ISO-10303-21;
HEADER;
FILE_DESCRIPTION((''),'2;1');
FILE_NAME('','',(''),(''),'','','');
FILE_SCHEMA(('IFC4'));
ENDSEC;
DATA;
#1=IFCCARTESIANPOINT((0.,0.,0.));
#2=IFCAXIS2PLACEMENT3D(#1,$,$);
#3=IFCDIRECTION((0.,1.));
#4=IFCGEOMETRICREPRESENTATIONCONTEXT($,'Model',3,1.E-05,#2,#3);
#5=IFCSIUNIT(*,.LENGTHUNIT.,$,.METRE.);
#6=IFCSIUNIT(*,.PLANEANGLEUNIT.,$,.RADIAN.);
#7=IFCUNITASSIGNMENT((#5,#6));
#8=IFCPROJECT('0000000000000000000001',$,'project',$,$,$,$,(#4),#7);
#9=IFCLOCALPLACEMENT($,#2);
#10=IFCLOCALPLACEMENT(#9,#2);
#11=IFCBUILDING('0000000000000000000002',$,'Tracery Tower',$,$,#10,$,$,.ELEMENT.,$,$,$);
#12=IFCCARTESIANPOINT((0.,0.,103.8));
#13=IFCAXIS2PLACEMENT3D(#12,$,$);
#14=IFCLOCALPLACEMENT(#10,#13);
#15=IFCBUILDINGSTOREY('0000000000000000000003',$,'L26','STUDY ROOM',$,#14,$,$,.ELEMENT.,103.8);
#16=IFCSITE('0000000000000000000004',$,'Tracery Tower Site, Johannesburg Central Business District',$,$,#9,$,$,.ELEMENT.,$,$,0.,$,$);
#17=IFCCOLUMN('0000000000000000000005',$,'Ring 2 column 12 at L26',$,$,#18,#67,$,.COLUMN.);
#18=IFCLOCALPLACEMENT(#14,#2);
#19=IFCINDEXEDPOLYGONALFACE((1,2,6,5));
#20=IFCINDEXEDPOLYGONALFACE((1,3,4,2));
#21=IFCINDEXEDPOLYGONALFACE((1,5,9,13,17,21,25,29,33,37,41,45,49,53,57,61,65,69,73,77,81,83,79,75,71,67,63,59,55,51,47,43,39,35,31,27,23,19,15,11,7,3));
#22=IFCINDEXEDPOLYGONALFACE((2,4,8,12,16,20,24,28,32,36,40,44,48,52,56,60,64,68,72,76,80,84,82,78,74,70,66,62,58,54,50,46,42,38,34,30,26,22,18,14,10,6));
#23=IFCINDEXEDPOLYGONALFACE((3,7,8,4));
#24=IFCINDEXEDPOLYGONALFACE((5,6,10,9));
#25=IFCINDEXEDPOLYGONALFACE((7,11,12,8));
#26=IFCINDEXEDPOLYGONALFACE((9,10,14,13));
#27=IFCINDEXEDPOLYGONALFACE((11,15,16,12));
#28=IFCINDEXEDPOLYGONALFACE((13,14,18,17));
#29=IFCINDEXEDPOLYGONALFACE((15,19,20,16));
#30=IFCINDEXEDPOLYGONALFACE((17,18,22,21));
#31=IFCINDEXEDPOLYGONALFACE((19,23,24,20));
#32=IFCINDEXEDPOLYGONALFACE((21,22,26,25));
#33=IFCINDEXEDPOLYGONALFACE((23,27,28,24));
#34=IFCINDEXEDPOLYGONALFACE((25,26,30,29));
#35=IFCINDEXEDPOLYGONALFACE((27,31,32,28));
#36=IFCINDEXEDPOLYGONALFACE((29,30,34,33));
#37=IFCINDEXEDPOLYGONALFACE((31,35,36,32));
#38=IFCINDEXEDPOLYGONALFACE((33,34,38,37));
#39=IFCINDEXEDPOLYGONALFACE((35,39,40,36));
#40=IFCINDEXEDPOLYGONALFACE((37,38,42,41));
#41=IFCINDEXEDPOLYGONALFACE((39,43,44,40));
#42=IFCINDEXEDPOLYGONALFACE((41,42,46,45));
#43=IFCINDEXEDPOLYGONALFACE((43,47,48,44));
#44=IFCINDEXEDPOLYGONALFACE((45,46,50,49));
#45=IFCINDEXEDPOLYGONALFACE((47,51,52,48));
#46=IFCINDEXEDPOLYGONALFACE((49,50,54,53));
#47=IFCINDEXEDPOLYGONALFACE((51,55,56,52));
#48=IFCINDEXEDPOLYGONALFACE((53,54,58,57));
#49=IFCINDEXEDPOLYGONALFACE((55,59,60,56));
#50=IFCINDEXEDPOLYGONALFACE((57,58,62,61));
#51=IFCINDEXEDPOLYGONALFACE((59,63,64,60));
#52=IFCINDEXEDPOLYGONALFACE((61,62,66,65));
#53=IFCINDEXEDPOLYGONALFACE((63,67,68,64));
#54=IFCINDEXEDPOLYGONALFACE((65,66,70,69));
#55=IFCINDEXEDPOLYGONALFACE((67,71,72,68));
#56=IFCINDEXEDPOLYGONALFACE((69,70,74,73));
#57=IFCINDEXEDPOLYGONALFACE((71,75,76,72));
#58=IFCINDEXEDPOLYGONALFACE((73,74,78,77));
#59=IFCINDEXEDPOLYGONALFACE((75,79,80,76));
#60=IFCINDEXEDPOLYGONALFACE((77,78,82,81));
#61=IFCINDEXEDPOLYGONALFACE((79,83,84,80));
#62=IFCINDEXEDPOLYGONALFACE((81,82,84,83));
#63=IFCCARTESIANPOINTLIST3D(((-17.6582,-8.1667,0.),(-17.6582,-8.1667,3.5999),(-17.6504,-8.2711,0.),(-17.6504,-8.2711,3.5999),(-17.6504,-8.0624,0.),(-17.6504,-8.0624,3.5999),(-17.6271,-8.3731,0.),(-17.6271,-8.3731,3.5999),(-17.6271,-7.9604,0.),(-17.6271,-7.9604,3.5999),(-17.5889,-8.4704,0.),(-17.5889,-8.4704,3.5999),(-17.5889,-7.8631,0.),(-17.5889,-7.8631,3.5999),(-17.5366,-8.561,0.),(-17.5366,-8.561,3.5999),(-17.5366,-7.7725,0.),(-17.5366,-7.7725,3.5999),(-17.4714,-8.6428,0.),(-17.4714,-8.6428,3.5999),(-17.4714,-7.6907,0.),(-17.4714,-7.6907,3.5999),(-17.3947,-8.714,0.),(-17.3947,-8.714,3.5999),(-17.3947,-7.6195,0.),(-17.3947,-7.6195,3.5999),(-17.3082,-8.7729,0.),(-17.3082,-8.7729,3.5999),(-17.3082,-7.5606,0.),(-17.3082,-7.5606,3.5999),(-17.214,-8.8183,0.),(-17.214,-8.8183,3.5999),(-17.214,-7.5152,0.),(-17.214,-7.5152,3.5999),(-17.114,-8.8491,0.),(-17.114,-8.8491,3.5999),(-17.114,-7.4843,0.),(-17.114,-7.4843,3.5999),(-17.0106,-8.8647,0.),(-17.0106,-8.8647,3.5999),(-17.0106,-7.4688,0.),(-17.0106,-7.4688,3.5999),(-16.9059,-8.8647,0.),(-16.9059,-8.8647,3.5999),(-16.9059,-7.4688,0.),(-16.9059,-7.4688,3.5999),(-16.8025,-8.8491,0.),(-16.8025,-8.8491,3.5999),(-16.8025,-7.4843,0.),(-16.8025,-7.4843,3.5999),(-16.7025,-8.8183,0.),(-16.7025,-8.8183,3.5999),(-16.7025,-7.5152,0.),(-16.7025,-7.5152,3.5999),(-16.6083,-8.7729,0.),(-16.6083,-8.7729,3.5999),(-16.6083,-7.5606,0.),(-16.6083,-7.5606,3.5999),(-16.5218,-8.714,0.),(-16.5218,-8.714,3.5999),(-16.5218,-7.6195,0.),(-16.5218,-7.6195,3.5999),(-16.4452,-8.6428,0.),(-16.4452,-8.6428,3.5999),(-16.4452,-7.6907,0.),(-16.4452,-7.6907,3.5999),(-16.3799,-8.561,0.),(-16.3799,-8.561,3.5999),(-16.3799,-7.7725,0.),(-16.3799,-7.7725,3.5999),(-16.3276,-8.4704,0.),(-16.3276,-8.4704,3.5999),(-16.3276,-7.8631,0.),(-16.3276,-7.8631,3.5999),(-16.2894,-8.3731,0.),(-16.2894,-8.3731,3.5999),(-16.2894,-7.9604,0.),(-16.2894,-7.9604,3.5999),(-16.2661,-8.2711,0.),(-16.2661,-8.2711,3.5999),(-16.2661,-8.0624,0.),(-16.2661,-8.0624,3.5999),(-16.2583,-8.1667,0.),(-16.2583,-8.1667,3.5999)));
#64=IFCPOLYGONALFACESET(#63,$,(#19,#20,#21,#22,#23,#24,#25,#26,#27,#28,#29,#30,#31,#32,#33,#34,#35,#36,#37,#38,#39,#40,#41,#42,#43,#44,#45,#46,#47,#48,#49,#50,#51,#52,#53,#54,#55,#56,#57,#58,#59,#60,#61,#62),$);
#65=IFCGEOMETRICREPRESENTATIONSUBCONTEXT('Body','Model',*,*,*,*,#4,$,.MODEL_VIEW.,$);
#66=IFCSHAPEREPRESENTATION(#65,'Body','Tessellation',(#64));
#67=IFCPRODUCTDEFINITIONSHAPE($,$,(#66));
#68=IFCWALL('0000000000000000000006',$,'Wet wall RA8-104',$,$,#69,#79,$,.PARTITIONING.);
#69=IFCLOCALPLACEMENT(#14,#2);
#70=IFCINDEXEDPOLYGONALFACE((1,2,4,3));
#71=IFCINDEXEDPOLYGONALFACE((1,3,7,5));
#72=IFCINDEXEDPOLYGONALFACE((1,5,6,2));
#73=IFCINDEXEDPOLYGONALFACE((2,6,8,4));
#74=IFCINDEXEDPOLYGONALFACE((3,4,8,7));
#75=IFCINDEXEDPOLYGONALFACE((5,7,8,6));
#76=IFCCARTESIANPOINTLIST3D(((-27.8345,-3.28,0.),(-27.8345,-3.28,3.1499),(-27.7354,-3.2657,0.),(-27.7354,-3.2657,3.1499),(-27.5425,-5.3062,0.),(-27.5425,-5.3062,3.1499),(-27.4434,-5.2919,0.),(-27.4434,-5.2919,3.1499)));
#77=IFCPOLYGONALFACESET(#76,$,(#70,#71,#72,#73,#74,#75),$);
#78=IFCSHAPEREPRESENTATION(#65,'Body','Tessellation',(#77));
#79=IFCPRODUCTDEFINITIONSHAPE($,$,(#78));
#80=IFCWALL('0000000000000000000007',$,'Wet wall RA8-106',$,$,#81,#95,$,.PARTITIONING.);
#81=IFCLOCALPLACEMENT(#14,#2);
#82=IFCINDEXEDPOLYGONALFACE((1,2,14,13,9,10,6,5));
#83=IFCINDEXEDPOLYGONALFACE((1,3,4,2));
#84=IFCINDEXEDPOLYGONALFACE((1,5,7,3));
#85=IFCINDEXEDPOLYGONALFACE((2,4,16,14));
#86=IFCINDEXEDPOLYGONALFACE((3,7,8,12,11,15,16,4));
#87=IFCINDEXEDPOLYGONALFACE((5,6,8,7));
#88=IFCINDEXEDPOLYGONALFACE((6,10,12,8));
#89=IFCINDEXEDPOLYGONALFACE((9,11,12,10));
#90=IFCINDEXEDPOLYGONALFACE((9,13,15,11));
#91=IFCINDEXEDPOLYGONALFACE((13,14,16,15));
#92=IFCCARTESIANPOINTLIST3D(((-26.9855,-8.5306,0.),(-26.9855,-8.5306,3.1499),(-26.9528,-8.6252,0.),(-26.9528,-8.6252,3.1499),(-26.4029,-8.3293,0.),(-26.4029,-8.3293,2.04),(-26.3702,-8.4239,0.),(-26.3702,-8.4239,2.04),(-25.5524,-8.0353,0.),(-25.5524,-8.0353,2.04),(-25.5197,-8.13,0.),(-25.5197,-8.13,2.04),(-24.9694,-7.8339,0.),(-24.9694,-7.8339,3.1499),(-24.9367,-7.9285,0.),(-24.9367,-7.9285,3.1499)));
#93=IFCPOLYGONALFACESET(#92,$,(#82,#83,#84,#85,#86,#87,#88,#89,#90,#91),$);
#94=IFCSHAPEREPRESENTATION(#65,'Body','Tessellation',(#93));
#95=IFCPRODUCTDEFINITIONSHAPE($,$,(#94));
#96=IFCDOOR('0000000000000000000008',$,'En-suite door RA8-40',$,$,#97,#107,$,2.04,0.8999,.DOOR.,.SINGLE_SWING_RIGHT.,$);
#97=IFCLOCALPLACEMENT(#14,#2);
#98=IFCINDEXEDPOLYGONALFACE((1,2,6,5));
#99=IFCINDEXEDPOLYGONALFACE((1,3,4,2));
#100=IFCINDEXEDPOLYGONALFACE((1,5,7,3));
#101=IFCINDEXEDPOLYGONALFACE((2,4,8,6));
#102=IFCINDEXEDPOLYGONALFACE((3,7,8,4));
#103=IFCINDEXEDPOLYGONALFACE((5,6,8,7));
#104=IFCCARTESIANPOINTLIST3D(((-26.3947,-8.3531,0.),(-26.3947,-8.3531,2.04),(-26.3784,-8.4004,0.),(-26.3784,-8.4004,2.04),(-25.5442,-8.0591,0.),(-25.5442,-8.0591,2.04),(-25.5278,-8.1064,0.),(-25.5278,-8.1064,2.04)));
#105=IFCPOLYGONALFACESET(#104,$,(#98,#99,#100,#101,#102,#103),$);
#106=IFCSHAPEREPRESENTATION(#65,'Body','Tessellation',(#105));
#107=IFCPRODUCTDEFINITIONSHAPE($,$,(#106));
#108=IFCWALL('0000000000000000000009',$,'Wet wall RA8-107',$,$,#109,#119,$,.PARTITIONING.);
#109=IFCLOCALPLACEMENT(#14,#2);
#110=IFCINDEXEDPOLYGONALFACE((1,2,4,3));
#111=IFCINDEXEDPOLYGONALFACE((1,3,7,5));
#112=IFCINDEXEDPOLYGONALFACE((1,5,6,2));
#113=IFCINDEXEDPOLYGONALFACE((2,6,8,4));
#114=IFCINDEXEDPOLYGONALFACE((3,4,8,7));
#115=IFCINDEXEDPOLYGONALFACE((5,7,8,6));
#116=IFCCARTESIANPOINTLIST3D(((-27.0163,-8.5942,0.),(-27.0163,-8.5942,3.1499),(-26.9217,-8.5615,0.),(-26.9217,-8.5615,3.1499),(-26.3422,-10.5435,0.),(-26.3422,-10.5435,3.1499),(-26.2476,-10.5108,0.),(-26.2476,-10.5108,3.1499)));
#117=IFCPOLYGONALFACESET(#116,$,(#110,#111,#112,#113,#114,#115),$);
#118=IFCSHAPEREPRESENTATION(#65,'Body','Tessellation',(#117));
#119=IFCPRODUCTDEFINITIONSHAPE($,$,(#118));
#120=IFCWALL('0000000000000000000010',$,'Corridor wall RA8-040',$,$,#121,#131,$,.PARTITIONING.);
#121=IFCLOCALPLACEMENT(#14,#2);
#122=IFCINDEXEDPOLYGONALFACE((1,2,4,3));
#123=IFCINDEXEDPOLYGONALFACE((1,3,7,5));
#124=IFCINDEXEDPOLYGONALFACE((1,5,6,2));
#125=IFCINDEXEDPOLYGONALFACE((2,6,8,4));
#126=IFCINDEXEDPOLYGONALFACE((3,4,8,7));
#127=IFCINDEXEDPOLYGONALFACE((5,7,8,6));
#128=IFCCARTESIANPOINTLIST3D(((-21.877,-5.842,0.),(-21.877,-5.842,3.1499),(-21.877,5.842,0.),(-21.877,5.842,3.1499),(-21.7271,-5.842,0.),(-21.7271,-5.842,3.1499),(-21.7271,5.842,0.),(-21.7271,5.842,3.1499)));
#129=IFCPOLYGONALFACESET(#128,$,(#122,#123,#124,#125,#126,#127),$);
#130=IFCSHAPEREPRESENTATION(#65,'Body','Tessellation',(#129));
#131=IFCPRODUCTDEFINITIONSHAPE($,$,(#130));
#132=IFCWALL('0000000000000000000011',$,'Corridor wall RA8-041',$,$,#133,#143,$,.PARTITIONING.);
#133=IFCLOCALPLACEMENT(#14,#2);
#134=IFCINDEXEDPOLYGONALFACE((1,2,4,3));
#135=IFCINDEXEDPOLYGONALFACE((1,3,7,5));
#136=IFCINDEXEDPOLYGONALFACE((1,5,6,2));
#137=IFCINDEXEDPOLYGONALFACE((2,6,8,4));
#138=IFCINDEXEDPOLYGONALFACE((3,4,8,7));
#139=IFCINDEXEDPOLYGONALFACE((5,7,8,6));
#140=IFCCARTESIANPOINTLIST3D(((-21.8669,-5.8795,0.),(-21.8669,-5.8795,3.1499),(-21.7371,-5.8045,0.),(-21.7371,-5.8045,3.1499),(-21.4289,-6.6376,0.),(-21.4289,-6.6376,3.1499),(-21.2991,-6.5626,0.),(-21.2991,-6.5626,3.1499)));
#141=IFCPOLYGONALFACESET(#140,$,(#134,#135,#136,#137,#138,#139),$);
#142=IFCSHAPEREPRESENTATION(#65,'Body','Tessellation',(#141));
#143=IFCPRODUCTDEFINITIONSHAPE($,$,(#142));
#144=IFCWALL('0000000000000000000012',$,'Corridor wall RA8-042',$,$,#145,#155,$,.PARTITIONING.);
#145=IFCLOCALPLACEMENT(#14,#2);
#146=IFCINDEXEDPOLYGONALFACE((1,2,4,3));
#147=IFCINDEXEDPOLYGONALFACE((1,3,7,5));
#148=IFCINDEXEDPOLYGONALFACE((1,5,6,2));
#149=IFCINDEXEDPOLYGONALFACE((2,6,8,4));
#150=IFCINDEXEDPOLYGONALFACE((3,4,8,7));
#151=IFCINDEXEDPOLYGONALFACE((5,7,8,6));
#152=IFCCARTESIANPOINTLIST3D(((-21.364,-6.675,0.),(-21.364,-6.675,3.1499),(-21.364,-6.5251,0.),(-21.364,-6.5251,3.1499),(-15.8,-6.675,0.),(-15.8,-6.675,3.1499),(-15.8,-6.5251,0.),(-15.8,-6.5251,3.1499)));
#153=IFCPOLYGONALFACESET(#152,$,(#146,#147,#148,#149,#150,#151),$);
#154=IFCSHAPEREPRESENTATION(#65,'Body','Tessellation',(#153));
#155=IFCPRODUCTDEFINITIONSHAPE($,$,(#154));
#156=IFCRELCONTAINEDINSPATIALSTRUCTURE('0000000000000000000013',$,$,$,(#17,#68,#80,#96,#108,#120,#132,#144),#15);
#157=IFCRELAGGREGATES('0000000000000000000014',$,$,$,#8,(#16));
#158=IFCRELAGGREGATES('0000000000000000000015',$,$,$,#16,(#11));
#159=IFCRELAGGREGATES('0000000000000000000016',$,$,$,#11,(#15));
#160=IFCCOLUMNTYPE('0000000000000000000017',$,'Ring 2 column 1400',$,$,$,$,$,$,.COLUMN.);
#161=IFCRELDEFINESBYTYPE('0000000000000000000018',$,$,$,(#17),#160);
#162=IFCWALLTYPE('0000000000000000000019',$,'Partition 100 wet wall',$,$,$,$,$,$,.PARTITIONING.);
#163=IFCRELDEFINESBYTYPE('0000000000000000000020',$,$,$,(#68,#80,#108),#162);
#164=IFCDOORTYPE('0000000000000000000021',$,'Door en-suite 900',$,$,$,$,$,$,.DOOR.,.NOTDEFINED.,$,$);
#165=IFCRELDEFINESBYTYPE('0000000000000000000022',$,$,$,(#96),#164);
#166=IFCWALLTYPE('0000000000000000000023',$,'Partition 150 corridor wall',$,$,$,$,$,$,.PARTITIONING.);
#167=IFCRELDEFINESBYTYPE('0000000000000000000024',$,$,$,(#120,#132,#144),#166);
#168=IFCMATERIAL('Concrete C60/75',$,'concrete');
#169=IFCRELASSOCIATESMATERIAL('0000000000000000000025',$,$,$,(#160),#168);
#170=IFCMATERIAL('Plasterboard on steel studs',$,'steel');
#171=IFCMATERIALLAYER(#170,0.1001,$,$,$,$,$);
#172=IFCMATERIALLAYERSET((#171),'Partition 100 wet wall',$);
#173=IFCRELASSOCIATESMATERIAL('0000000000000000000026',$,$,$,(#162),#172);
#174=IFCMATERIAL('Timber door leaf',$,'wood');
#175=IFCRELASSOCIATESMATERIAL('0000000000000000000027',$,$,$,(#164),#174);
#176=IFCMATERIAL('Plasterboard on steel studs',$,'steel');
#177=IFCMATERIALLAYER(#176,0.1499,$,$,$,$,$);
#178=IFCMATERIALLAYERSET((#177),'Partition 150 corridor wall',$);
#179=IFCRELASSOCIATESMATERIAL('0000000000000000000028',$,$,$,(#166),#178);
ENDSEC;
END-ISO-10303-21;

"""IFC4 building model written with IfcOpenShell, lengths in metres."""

from ifc_helpers import new_model, si_unit, direction, frame, frame_2d, origin, origin_2d, place, context, subcontext, project, spatial, rectangle, circle, extrude, material, layer, layer_set, material_profile, profile_set, type_object, element, fill, save


model = new_model("IFC4")

# Units and contexts
model_context = context("Model", 3, precision=1e-05, world=origin(), true_north=direction((0.0, 1.0)))
body_context = subcontext(model_context, "Body", "Model", "MODEL_VIEW")
ifc_project = project(units=[si_unit("LENGTHUNIT", "METRE"), si_unit("PLANEANGLEUNIT", "RADIAN")], contexts=[model_context])

# Site, building, storey
site_placement = place(None, origin())
site = spatial("IfcSite", under=ifc_project, at=site_placement, Name="Tracery Tower Site, Johannesburg Central Business District", CompositionType="ELEMENT", RefElevation=0.0)
building_placement = place(site_placement, origin())
building = spatial("IfcBuilding", under=site, at=building_placement, Name="Tracery Tower", CompositionType="ELEMENT")
storey_placement = place(building_placement, frame((0.0, 0.0, 103.8)))
storey = spatial("IfcBuildingStorey", under=building, at=storey_placement, Name="L26", Description="STUDY ROOM", CompositionType="ELEMENT", Elevation=103.8)

# Column
ifc_material_1 = material(Name="Concrete C60/75", Category="concrete")
ifc_material_profile_1 = material_profile(ifc_material_1, circle(Radius=0.7, at=origin_2d()), Name="RC D1400")
ifc_profile_set_1 = profile_set([ifc_material_profile_1], Name="Concrete C60/75")
column_type_1 = type_object("IfcColumnType", Name="Ring 2 column 1400", PredefinedType="COLUMN", material=ifc_profile_set_1)
for number, where, z_axis, x_axis, name in (
    (1, (-16.9583, -8.1667, 0.0), (0.0, 0.0, 1.0), (1.0, 0.0, 0.0), "Ring 2 column 12 at L26"),
):
    element("IfcColumn", number, at=place(storey_placement, frame(where, z_axis=z_axis, x_axis=x_axis)), inside=storey, type_object=column_type_1, Name=name, PredefinedType="COLUMN", context=body_context, shape_type="SweptSolid", body=[
        extrude(circle(Radius=0.7, at=origin_2d()), origin(), (0.0, 0.0, 1.0), 3.5999),
    ])

# Wall
ifc_material_2 = material(Name="Plasterboard on steel studs", Category="steel")
ifc_layer_1 = layer(ifc_material_2, 0.1001)
ifc_layer_set_1 = layer_set([ifc_layer_1], Name="Partition 100 wet wall")
wall_type_1 = type_object("IfcWallType", Name="Partition 100 wet wall", PredefinedType="PARTITIONING", material=ifc_layer_set_1)
wall_1_placement = place(storey_placement, frame((-27.7849, -3.2729, 0.0), z_axis=(0.0, 0.0, 1.0), x_axis=(0.14264, -0.989775, 0.0)))
element("IfcWall", 2, at=wall_1_placement, inside=storey, type_object=wall_type_1, Name="Wet wall RA8-104", PredefinedType="PARTITIONING", context=body_context, shape_type="SweptSolid", body=[
    extrude(rectangle(XDim=2.0471, YDim=0.1001, at=frame_2d((1.0234, 0.0))), origin(), (0.0, 0.0, 1.0), 3.1499),
])

# Wall, opening, door
wall_2_placement = place(storey_placement, frame((-26.969, -8.5779, 0.0), z_axis=(0.0, 0.0, 1.0), x_axis=(0.945147, 0.326647, 0.0)))
wall_2 = element("IfcWall", 3, at=wall_2_placement, inside=storey, type_object=wall_type_1, Name="Wet wall RA8-106", PredefinedType="PARTITIONING", context=body_context, shape_type="SweptSolid", body=[
    extrude(rectangle(XDim=2.1331, YDim=0.1001, at=frame_2d((1.0664, 0.0))), origin(), (0.0, 0.0, 1.0), 3.1499),
])
opening_1_placement = place(wall_2_placement, frame((0.6162, 0.0, 0.0)))
opening_1 = element("IfcOpeningElement", 4, at=opening_1_placement, cuts=wall_2, PredefinedType="OPENING", context=body_context, shape_type="SweptSolid", body=[
    extrude(rectangle(XDim=0.8999, YDim=2.04, at=frame_2d((0.45, 1.02))), frame((0.0, 0.05, 0.0), z_axis=(0.0, -1.0, 0.0), x_axis=(1.0, 0.0, 0.0)), (0.0, 0.0, 1.0), 0.1001),
])
ifc_material_3 = material(Name="Timber door leaf", Category="wood")
door_type_1 = type_object("IfcDoorType", Name="Door en-suite 900", OperationType="NOTDEFINED", PredefinedType="DOOR", material=ifc_material_3)
door_1_placement = place(opening_1_placement, origin())
door_1 = element("IfcDoor", 5, at=door_1_placement, inside=storey, type_object=door_type_1, Name="En-suite door RA8-40", OperationType="SINGLE_SWING_RIGHT", OverallHeight=2.04, OverallWidth=0.8999, PredefinedType="DOOR", context=body_context, shape_type="SweptSolid", body=[
    extrude(rectangle(XDim=0.8999, YDim=2.04, at=frame_2d((0.45, 1.02))), frame((0.0, 0.0249, 0.0), z_axis=(0.0, -1.0, 0.0), x_axis=(1.0, 0.0, 0.0)), (0.0, 0.0, 1.0), 0.05),
])
fill(opening_1, door_1)

# Walls
wall_3_placement = place(storey_placement, frame((-26.969, -8.5779, 0.0), z_axis=(0.0, 0.0, 1.0), x_axis=(0.326826, -0.945085, 0.0)))
element("IfcWall", 6, at=wall_3_placement, inside=storey, type_object=wall_type_1, Name="Wet wall RA8-107", PredefinedType="PARTITIONING", context=body_context, shape_type="SweptSolid", body=[
    extrude(rectangle(XDim=2.0625, YDim=0.1001, at=frame_2d((1.0312, 0.0))), origin(), (0.0, 0.0, 1.0), 3.1499),
])
ifc_material_4 = material(Name="Plasterboard on steel studs", Category="steel")
ifc_layer_2 = layer(ifc_material_4, 0.1499)
ifc_layer_set_2 = layer_set([ifc_layer_2], Name="Partition 150 corridor wall")
wall_type_2 = type_object("IfcWallType", Name="Partition 150 corridor wall", PredefinedType="PARTITIONING", material=ifc_layer_set_2)
wall_4_placement = place(storey_placement, frame((-21.802, -5.842, 0.0), z_axis=(0.0, 0.0, 1.0), x_axis=(0.0, 1.0, 0.0)))
element("IfcWall", 7, at=wall_4_placement, inside=storey, type_object=wall_type_2, Name="Corridor wall RA8-040", PredefinedType="PARTITIONING", context=body_context, shape_type="SweptSolid", body=[
    extrude(rectangle(XDim=11.6841, YDim=0.1499, at=frame_2d((5.842, 0.0))), origin(), (0.0, 0.0, 1.0), 3.1499),
])
wall_5_placement = place(storey_placement, frame((-21.802, -5.842, 0.0), z_axis=(0.0, 0.0, 1.0), x_axis=(0.500278, -0.865865, 0.0)))
element("IfcWall", 8, at=wall_5_placement, inside=storey, type_object=wall_type_2, Name="Corridor wall RA8-041", PredefinedType="PARTITIONING", context=body_context, shape_type="SweptSolid", body=[
    extrude(rectangle(XDim=0.8755, YDim=0.1499, at=frame_2d((0.4377, 0.0))), origin(), (0.0, 0.0, 1.0), 3.1499),
])
wall_6_placement = place(storey_placement, frame((-21.364, -6.6001, 0.0), z_axis=(0.0, 0.0, 1.0), x_axis=(1.0, 0.0, 0.0)))
element("IfcWall", 9, at=wall_6_placement, inside=storey, type_object=wall_type_2, Name="Corridor wall RA8-042", PredefinedType="PARTITIONING", context=body_context, shape_type="SweptSolid", body=[
    extrude(rectangle(XDim=5.564, YDim=0.1499, at=frame_2d((2.782, 0.0))), origin(), (0.0, 0.0, 1.0), 3.1499),
])

save(model, "model.ifc")
